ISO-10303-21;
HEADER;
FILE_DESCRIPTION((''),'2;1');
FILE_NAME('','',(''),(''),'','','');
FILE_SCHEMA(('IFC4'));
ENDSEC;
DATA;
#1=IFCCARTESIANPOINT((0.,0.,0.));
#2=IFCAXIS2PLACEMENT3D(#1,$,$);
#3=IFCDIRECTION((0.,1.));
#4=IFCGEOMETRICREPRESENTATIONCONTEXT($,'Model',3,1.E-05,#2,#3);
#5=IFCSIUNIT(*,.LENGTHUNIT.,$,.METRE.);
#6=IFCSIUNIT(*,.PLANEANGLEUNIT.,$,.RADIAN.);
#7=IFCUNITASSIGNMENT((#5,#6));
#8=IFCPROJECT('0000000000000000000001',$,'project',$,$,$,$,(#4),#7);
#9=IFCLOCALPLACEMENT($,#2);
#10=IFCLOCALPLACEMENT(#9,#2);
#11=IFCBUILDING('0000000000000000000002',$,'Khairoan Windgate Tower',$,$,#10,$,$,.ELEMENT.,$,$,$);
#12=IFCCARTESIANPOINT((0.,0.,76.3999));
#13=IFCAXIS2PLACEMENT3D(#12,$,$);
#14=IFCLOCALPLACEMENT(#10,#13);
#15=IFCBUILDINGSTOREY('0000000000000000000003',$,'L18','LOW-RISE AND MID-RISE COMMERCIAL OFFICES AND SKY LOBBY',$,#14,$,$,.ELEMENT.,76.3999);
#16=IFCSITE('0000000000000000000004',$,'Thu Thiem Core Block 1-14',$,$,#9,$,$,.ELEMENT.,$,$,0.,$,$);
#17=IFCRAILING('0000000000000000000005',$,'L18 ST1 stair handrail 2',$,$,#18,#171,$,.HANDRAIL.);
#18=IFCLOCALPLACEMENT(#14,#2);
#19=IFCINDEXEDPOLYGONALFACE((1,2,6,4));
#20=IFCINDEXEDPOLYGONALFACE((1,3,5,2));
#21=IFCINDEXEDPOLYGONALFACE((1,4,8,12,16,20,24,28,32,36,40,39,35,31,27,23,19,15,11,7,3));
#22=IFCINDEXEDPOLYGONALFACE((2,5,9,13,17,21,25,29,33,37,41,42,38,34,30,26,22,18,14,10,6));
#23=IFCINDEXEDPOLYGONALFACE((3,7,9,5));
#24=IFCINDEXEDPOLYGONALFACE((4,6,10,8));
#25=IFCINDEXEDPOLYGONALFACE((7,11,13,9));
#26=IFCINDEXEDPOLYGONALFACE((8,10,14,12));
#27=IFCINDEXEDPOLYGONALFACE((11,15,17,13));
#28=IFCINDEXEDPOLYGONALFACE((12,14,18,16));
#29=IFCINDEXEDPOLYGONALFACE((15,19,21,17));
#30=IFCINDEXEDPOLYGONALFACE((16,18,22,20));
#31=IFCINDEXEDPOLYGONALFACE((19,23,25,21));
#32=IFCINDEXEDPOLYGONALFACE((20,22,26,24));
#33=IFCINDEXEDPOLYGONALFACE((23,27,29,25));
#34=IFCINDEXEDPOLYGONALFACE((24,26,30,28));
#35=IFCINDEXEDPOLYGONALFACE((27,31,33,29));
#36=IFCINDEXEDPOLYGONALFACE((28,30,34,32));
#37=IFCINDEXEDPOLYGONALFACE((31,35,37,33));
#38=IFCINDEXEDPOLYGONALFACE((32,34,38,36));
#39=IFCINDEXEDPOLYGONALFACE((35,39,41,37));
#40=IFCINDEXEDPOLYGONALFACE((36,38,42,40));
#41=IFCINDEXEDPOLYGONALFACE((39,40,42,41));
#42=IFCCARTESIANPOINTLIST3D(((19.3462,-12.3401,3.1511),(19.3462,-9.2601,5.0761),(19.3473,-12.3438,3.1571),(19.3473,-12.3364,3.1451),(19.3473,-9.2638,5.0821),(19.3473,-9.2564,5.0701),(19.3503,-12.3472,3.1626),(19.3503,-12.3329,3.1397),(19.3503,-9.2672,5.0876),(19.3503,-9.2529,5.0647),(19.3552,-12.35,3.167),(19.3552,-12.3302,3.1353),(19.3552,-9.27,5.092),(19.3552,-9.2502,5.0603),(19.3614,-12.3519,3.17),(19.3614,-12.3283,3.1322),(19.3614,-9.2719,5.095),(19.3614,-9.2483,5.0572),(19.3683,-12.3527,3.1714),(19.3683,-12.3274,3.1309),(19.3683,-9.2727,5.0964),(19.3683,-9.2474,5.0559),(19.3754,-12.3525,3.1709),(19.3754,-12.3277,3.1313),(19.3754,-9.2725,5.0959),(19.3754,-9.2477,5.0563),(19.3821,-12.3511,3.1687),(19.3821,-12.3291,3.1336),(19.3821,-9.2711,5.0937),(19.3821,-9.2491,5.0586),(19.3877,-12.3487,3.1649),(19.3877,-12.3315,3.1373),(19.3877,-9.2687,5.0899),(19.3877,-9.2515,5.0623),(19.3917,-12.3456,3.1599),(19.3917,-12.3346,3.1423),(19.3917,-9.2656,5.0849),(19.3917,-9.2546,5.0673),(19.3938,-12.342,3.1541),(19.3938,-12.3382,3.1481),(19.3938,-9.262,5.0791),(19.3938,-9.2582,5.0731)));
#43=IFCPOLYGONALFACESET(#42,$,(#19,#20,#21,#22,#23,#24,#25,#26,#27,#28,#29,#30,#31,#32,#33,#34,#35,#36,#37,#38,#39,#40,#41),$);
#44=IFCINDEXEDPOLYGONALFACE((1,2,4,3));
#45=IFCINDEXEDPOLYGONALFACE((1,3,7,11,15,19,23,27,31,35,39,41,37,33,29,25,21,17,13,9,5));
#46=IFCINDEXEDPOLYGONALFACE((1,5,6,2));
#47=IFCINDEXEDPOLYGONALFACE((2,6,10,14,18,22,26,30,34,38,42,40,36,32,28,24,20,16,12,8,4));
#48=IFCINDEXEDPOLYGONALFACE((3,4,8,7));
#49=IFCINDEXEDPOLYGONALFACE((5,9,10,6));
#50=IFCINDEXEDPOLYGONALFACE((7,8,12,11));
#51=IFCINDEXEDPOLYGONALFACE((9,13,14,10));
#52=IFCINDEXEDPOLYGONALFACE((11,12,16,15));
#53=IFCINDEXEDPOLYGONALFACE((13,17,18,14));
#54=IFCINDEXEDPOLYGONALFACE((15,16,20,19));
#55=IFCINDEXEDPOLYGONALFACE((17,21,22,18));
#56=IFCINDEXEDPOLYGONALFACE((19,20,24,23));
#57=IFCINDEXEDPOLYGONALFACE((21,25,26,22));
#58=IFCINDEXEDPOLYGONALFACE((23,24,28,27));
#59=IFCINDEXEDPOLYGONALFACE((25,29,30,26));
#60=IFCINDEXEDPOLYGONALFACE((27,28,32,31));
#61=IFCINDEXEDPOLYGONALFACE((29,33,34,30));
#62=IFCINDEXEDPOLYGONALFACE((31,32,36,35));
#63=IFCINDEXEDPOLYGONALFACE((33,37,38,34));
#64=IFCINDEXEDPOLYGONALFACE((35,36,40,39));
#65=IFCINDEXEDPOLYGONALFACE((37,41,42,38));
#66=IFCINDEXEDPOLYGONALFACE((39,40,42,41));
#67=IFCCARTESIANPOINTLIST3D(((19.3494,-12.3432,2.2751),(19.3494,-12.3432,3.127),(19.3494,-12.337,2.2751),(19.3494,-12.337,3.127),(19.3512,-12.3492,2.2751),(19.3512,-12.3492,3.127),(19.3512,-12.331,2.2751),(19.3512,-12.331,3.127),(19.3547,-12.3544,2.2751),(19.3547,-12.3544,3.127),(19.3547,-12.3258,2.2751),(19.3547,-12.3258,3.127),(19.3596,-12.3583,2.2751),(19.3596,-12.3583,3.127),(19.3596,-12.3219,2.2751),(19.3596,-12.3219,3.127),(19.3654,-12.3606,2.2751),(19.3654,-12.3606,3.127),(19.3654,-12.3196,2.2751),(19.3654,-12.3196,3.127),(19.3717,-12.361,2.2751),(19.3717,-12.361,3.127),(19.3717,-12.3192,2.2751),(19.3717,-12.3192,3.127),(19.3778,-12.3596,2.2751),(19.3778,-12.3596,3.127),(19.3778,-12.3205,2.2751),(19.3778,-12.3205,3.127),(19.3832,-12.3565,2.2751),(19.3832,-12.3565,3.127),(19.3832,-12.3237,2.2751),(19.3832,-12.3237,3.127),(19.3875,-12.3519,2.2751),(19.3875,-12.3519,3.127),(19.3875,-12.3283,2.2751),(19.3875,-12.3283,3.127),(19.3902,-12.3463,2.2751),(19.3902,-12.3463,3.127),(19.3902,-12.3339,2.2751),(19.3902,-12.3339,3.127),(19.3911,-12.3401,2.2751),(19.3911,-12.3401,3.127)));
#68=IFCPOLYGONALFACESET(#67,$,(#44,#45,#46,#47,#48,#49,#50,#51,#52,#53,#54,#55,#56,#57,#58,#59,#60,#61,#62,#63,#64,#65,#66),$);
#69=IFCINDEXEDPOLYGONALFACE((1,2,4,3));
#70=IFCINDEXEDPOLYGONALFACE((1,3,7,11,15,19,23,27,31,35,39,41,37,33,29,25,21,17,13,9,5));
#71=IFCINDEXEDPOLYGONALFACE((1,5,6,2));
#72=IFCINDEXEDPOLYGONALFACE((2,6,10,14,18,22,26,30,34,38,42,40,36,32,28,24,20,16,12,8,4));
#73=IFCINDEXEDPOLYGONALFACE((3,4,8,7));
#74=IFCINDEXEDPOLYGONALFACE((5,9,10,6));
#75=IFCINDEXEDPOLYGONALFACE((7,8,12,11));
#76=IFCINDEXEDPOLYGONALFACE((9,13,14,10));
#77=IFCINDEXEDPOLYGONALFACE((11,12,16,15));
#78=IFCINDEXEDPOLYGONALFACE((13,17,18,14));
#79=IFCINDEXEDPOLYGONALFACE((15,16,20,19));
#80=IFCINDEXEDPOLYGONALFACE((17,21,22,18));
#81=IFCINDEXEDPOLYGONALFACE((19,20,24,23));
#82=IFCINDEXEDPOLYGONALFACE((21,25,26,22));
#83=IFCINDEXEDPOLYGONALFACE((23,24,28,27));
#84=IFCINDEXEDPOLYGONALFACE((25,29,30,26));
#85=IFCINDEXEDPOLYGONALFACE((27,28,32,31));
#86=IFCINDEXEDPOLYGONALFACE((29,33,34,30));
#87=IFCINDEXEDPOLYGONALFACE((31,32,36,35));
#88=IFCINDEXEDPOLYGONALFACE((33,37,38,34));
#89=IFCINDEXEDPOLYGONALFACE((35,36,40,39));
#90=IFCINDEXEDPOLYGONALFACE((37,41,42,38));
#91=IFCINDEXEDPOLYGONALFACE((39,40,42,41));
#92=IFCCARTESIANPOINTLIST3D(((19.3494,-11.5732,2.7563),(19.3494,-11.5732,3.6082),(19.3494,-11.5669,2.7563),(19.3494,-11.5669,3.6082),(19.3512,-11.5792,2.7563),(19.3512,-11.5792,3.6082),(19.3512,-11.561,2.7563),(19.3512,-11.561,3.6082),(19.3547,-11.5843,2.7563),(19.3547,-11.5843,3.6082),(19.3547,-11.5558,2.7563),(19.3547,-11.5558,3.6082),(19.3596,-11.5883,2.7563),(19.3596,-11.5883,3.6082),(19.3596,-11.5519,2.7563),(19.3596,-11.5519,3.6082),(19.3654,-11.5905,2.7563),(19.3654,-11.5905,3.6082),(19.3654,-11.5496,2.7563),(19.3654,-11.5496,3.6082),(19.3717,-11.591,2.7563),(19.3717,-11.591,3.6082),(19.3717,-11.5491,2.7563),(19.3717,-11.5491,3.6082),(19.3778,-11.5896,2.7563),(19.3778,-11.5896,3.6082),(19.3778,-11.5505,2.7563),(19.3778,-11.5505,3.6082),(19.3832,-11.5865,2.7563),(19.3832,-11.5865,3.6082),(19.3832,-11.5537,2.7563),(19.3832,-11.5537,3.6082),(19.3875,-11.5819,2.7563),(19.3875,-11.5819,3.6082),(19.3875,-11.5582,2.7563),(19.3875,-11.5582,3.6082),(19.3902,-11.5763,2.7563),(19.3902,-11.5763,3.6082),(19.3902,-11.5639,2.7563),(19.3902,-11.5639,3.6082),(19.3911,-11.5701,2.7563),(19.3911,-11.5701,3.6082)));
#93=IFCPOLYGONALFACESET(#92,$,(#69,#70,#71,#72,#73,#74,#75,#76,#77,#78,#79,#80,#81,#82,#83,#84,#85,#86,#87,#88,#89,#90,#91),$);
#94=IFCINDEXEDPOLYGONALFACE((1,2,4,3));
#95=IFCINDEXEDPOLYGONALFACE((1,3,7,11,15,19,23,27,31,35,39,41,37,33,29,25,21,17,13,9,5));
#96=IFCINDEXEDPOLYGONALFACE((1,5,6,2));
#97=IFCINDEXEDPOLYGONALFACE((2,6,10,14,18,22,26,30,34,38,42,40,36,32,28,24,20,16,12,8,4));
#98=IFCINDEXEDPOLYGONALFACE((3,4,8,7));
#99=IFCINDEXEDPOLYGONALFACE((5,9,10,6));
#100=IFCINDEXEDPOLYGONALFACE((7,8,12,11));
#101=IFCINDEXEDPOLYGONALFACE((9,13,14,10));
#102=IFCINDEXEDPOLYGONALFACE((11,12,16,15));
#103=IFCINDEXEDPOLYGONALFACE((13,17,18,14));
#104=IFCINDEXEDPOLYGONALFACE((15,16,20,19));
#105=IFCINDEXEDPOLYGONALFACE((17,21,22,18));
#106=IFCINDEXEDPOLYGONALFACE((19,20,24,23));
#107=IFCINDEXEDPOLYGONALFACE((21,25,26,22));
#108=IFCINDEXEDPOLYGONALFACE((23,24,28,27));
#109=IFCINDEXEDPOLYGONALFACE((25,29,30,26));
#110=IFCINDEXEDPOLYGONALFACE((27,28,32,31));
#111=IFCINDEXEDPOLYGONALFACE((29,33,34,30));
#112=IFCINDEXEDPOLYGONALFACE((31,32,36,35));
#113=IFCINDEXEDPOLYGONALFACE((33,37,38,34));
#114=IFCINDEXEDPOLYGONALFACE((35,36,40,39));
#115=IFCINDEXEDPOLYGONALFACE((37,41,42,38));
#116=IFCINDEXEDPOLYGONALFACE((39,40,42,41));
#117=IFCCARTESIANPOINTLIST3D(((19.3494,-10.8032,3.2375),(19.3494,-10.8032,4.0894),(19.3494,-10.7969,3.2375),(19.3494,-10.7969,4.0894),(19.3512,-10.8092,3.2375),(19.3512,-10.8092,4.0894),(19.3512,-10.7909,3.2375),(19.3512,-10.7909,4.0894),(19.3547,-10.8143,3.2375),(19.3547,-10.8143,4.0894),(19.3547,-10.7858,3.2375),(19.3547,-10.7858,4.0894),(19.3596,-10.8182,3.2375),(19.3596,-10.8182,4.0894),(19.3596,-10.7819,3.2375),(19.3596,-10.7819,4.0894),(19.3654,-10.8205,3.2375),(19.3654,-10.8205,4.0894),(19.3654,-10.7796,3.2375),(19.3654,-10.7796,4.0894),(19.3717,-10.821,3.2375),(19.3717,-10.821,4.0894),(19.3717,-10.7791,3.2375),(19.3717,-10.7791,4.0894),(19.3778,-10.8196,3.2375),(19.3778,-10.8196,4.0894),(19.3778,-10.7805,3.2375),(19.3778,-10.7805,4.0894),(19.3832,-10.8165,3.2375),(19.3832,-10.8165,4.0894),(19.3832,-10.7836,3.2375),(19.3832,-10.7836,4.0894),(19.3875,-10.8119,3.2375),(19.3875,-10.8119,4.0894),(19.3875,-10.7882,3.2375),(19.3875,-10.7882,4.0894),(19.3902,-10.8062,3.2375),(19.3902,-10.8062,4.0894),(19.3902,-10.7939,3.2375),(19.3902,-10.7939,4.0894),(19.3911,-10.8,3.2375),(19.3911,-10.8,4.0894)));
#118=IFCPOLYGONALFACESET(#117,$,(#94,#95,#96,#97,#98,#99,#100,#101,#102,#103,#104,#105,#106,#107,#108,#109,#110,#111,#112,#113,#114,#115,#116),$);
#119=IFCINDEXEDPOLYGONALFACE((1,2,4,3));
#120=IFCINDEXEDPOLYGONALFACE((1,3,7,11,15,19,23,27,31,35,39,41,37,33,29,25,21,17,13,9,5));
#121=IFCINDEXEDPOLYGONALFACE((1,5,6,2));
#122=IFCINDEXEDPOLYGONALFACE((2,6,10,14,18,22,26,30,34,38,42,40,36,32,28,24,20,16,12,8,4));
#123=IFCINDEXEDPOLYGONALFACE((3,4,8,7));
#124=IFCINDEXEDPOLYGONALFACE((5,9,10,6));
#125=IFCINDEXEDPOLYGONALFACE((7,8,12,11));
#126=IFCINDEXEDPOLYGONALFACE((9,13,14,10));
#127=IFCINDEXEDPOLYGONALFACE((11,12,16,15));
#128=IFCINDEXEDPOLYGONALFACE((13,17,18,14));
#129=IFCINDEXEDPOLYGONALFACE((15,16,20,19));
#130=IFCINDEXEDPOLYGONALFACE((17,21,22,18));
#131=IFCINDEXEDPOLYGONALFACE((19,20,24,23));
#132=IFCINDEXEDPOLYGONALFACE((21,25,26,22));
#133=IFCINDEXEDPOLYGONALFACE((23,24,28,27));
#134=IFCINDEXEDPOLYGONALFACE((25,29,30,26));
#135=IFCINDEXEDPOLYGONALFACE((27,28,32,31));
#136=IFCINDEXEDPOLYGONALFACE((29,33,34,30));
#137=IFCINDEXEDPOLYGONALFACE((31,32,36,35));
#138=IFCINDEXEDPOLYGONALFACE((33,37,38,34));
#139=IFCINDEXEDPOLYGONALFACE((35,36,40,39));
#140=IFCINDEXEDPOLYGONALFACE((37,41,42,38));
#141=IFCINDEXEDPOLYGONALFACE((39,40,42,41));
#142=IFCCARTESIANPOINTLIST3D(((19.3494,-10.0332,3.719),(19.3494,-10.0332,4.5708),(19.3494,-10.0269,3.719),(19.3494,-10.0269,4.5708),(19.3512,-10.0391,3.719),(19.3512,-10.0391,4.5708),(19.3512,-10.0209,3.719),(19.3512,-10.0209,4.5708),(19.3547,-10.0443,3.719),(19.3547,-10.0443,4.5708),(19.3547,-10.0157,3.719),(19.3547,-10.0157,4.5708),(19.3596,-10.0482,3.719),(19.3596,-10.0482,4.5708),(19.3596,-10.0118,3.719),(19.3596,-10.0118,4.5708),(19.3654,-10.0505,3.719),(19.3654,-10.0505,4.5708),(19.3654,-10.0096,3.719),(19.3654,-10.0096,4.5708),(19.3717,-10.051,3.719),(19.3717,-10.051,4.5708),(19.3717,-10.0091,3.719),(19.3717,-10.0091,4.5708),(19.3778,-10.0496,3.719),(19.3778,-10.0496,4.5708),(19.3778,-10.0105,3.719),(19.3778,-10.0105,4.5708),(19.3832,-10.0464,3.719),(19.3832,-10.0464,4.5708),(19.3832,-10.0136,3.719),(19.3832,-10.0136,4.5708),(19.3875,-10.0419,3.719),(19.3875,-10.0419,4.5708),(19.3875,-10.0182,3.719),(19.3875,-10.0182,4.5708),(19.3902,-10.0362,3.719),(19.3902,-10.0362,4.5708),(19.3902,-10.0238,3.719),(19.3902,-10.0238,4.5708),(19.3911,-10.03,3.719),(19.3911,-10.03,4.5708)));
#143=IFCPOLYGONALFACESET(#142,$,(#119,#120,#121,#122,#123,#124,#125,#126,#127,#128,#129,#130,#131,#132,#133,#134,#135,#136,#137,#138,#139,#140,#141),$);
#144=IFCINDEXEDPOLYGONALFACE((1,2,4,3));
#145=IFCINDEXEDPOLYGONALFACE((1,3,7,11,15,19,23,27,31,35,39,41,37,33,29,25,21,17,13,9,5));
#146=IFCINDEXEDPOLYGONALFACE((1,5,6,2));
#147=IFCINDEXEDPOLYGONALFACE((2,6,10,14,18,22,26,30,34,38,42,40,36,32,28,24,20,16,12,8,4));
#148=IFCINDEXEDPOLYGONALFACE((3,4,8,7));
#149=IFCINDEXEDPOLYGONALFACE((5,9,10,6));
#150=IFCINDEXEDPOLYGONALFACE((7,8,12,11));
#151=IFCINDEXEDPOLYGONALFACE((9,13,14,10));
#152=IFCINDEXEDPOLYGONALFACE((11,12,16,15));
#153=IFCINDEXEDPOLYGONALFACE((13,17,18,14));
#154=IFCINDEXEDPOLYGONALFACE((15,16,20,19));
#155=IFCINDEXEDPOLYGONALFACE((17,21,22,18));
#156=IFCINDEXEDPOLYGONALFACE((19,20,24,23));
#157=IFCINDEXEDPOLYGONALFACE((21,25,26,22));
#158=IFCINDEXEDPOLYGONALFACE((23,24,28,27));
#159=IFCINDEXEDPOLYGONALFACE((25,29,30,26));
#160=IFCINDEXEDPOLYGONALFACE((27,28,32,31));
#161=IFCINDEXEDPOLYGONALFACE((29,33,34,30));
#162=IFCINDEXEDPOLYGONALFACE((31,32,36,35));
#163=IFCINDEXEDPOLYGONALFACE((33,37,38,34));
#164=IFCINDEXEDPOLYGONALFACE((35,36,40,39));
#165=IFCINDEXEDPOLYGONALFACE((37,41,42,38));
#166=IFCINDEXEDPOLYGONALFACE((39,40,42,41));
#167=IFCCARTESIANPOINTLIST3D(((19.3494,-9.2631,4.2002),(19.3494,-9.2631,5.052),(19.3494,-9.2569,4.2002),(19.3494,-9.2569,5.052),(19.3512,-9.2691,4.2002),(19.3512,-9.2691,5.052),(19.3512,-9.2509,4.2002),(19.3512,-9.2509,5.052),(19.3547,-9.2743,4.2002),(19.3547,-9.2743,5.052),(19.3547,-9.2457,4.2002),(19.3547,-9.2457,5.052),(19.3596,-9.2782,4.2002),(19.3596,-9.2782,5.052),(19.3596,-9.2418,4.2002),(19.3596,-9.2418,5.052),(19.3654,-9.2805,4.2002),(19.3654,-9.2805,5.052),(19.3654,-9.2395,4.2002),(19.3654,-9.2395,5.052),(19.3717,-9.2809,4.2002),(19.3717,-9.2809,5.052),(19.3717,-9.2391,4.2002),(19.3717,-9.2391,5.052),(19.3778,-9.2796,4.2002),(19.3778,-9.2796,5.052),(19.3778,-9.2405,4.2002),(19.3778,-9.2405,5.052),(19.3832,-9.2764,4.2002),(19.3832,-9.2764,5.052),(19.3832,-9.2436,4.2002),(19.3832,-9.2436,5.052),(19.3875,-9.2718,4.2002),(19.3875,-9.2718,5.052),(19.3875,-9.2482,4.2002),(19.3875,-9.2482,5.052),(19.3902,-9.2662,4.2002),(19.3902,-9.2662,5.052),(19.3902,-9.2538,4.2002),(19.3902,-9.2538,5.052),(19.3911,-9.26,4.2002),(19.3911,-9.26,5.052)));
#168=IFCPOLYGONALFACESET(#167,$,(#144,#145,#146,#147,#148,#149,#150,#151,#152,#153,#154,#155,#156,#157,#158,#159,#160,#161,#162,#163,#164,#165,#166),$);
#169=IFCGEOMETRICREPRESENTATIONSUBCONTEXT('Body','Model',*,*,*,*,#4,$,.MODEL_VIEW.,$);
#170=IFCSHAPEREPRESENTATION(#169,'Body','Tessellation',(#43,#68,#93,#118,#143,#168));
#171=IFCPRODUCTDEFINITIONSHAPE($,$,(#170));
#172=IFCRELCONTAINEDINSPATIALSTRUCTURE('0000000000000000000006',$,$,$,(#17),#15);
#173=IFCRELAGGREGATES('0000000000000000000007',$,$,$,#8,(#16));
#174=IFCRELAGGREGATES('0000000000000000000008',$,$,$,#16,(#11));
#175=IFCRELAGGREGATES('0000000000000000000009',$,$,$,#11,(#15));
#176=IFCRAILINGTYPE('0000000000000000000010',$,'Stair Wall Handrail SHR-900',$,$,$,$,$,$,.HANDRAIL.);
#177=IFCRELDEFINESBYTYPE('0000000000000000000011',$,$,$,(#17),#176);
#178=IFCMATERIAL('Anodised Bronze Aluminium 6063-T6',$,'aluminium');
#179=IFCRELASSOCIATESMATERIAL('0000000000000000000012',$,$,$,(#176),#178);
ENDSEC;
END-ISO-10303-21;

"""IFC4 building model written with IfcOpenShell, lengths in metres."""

from ifc_helpers import new_model, si_unit, direction, frame, origin, origin_2d, place, context, subcontext, project, spatial, circle, extrude, material, type_object, element, save


model = new_model("IFC4")

# Units and contexts
model_context = context("Model", 3, precision=1e-05, world=origin(), true_north=direction((0.0, 1.0)))
body_context = subcontext(model_context, "Body", "Model", "MODEL_VIEW")
ifc_project = project(units=[si_unit("LENGTHUNIT", "METRE"), si_unit("PLANEANGLEUNIT", "RADIAN")], contexts=[model_context])

# Site, building, storey
site_placement = place(None, origin())
site = spatial("IfcSite", under=ifc_project, at=site_placement, Name="Thu Thiem Core Block 1-14", CompositionType="ELEMENT", RefElevation=0.0)
building_placement = place(site_placement, origin())
building = spatial("IfcBuilding", under=site, at=building_placement, Name="Khairoan Windgate Tower", CompositionType="ELEMENT")
storey_placement = place(building_placement, frame((0.0, 0.0, 76.3999)))
storey = spatial("IfcBuildingStorey", under=building, at=storey_placement, Name="L18", Description="LOW-RISE AND MID-RISE COMMERCIAL OFFICES AND SKY LOBBY", CompositionType="ELEMENT", Elevation=76.3999)

# Railing
ifc_material_1 = material(Name="Anodised Bronze Aluminium 6063-T6", Category="aluminium")
railing_type_1 = type_object("IfcRailingType", Name="Stair Wall Handrail SHR-900", PredefinedType="HANDRAIL", material=ifc_material_1)
railing_1_placement = place(storey_placement, frame((19.3701, -12.3401, 2.2751)))
element("IfcRailing", 1, at=railing_1_placement, inside=storey, type_object=railing_type_1, Name="L18 ST1 stair handrail 2", PredefinedType="HANDRAIL", context=body_context, shape_type="SweptSolid", body=[
    extrude(circle(Radius=0.0239, at=origin_2d()), frame((0.0, 0.0, 0.876), z_axis=(0.0, 0.847998, 0.529999), x_axis=(-1.0, 0.0, 0.0)), (0.0, 0.0, 1.0), 3.6321),
    extrude(circle(Radius=0.021, at=origin_2d()), origin(), (0.0, 0.0, 1.0), 0.8518),
    extrude(circle(Radius=0.021, at=origin_2d()), frame((0.0, 0.77, 0.4812)), (0.0, 0.0, 1.0), 0.8518),
    extrude(circle(Radius=0.021, at=origin_2d()), frame((0.0, 1.54, 0.9624)), (0.0, 0.0, 1.0), 0.8518),
    extrude(circle(Radius=0.021, at=origin_2d()), frame((0.0, 2.3101, 1.4438)), (0.0, 0.0, 1.0), 0.8518),
    extrude(circle(Radius=0.021, at=origin_2d()), frame((0.0, 3.0801, 1.925)), (0.0, 0.0, 1.0), 0.8518),
])

save(model, "model.ifc")
